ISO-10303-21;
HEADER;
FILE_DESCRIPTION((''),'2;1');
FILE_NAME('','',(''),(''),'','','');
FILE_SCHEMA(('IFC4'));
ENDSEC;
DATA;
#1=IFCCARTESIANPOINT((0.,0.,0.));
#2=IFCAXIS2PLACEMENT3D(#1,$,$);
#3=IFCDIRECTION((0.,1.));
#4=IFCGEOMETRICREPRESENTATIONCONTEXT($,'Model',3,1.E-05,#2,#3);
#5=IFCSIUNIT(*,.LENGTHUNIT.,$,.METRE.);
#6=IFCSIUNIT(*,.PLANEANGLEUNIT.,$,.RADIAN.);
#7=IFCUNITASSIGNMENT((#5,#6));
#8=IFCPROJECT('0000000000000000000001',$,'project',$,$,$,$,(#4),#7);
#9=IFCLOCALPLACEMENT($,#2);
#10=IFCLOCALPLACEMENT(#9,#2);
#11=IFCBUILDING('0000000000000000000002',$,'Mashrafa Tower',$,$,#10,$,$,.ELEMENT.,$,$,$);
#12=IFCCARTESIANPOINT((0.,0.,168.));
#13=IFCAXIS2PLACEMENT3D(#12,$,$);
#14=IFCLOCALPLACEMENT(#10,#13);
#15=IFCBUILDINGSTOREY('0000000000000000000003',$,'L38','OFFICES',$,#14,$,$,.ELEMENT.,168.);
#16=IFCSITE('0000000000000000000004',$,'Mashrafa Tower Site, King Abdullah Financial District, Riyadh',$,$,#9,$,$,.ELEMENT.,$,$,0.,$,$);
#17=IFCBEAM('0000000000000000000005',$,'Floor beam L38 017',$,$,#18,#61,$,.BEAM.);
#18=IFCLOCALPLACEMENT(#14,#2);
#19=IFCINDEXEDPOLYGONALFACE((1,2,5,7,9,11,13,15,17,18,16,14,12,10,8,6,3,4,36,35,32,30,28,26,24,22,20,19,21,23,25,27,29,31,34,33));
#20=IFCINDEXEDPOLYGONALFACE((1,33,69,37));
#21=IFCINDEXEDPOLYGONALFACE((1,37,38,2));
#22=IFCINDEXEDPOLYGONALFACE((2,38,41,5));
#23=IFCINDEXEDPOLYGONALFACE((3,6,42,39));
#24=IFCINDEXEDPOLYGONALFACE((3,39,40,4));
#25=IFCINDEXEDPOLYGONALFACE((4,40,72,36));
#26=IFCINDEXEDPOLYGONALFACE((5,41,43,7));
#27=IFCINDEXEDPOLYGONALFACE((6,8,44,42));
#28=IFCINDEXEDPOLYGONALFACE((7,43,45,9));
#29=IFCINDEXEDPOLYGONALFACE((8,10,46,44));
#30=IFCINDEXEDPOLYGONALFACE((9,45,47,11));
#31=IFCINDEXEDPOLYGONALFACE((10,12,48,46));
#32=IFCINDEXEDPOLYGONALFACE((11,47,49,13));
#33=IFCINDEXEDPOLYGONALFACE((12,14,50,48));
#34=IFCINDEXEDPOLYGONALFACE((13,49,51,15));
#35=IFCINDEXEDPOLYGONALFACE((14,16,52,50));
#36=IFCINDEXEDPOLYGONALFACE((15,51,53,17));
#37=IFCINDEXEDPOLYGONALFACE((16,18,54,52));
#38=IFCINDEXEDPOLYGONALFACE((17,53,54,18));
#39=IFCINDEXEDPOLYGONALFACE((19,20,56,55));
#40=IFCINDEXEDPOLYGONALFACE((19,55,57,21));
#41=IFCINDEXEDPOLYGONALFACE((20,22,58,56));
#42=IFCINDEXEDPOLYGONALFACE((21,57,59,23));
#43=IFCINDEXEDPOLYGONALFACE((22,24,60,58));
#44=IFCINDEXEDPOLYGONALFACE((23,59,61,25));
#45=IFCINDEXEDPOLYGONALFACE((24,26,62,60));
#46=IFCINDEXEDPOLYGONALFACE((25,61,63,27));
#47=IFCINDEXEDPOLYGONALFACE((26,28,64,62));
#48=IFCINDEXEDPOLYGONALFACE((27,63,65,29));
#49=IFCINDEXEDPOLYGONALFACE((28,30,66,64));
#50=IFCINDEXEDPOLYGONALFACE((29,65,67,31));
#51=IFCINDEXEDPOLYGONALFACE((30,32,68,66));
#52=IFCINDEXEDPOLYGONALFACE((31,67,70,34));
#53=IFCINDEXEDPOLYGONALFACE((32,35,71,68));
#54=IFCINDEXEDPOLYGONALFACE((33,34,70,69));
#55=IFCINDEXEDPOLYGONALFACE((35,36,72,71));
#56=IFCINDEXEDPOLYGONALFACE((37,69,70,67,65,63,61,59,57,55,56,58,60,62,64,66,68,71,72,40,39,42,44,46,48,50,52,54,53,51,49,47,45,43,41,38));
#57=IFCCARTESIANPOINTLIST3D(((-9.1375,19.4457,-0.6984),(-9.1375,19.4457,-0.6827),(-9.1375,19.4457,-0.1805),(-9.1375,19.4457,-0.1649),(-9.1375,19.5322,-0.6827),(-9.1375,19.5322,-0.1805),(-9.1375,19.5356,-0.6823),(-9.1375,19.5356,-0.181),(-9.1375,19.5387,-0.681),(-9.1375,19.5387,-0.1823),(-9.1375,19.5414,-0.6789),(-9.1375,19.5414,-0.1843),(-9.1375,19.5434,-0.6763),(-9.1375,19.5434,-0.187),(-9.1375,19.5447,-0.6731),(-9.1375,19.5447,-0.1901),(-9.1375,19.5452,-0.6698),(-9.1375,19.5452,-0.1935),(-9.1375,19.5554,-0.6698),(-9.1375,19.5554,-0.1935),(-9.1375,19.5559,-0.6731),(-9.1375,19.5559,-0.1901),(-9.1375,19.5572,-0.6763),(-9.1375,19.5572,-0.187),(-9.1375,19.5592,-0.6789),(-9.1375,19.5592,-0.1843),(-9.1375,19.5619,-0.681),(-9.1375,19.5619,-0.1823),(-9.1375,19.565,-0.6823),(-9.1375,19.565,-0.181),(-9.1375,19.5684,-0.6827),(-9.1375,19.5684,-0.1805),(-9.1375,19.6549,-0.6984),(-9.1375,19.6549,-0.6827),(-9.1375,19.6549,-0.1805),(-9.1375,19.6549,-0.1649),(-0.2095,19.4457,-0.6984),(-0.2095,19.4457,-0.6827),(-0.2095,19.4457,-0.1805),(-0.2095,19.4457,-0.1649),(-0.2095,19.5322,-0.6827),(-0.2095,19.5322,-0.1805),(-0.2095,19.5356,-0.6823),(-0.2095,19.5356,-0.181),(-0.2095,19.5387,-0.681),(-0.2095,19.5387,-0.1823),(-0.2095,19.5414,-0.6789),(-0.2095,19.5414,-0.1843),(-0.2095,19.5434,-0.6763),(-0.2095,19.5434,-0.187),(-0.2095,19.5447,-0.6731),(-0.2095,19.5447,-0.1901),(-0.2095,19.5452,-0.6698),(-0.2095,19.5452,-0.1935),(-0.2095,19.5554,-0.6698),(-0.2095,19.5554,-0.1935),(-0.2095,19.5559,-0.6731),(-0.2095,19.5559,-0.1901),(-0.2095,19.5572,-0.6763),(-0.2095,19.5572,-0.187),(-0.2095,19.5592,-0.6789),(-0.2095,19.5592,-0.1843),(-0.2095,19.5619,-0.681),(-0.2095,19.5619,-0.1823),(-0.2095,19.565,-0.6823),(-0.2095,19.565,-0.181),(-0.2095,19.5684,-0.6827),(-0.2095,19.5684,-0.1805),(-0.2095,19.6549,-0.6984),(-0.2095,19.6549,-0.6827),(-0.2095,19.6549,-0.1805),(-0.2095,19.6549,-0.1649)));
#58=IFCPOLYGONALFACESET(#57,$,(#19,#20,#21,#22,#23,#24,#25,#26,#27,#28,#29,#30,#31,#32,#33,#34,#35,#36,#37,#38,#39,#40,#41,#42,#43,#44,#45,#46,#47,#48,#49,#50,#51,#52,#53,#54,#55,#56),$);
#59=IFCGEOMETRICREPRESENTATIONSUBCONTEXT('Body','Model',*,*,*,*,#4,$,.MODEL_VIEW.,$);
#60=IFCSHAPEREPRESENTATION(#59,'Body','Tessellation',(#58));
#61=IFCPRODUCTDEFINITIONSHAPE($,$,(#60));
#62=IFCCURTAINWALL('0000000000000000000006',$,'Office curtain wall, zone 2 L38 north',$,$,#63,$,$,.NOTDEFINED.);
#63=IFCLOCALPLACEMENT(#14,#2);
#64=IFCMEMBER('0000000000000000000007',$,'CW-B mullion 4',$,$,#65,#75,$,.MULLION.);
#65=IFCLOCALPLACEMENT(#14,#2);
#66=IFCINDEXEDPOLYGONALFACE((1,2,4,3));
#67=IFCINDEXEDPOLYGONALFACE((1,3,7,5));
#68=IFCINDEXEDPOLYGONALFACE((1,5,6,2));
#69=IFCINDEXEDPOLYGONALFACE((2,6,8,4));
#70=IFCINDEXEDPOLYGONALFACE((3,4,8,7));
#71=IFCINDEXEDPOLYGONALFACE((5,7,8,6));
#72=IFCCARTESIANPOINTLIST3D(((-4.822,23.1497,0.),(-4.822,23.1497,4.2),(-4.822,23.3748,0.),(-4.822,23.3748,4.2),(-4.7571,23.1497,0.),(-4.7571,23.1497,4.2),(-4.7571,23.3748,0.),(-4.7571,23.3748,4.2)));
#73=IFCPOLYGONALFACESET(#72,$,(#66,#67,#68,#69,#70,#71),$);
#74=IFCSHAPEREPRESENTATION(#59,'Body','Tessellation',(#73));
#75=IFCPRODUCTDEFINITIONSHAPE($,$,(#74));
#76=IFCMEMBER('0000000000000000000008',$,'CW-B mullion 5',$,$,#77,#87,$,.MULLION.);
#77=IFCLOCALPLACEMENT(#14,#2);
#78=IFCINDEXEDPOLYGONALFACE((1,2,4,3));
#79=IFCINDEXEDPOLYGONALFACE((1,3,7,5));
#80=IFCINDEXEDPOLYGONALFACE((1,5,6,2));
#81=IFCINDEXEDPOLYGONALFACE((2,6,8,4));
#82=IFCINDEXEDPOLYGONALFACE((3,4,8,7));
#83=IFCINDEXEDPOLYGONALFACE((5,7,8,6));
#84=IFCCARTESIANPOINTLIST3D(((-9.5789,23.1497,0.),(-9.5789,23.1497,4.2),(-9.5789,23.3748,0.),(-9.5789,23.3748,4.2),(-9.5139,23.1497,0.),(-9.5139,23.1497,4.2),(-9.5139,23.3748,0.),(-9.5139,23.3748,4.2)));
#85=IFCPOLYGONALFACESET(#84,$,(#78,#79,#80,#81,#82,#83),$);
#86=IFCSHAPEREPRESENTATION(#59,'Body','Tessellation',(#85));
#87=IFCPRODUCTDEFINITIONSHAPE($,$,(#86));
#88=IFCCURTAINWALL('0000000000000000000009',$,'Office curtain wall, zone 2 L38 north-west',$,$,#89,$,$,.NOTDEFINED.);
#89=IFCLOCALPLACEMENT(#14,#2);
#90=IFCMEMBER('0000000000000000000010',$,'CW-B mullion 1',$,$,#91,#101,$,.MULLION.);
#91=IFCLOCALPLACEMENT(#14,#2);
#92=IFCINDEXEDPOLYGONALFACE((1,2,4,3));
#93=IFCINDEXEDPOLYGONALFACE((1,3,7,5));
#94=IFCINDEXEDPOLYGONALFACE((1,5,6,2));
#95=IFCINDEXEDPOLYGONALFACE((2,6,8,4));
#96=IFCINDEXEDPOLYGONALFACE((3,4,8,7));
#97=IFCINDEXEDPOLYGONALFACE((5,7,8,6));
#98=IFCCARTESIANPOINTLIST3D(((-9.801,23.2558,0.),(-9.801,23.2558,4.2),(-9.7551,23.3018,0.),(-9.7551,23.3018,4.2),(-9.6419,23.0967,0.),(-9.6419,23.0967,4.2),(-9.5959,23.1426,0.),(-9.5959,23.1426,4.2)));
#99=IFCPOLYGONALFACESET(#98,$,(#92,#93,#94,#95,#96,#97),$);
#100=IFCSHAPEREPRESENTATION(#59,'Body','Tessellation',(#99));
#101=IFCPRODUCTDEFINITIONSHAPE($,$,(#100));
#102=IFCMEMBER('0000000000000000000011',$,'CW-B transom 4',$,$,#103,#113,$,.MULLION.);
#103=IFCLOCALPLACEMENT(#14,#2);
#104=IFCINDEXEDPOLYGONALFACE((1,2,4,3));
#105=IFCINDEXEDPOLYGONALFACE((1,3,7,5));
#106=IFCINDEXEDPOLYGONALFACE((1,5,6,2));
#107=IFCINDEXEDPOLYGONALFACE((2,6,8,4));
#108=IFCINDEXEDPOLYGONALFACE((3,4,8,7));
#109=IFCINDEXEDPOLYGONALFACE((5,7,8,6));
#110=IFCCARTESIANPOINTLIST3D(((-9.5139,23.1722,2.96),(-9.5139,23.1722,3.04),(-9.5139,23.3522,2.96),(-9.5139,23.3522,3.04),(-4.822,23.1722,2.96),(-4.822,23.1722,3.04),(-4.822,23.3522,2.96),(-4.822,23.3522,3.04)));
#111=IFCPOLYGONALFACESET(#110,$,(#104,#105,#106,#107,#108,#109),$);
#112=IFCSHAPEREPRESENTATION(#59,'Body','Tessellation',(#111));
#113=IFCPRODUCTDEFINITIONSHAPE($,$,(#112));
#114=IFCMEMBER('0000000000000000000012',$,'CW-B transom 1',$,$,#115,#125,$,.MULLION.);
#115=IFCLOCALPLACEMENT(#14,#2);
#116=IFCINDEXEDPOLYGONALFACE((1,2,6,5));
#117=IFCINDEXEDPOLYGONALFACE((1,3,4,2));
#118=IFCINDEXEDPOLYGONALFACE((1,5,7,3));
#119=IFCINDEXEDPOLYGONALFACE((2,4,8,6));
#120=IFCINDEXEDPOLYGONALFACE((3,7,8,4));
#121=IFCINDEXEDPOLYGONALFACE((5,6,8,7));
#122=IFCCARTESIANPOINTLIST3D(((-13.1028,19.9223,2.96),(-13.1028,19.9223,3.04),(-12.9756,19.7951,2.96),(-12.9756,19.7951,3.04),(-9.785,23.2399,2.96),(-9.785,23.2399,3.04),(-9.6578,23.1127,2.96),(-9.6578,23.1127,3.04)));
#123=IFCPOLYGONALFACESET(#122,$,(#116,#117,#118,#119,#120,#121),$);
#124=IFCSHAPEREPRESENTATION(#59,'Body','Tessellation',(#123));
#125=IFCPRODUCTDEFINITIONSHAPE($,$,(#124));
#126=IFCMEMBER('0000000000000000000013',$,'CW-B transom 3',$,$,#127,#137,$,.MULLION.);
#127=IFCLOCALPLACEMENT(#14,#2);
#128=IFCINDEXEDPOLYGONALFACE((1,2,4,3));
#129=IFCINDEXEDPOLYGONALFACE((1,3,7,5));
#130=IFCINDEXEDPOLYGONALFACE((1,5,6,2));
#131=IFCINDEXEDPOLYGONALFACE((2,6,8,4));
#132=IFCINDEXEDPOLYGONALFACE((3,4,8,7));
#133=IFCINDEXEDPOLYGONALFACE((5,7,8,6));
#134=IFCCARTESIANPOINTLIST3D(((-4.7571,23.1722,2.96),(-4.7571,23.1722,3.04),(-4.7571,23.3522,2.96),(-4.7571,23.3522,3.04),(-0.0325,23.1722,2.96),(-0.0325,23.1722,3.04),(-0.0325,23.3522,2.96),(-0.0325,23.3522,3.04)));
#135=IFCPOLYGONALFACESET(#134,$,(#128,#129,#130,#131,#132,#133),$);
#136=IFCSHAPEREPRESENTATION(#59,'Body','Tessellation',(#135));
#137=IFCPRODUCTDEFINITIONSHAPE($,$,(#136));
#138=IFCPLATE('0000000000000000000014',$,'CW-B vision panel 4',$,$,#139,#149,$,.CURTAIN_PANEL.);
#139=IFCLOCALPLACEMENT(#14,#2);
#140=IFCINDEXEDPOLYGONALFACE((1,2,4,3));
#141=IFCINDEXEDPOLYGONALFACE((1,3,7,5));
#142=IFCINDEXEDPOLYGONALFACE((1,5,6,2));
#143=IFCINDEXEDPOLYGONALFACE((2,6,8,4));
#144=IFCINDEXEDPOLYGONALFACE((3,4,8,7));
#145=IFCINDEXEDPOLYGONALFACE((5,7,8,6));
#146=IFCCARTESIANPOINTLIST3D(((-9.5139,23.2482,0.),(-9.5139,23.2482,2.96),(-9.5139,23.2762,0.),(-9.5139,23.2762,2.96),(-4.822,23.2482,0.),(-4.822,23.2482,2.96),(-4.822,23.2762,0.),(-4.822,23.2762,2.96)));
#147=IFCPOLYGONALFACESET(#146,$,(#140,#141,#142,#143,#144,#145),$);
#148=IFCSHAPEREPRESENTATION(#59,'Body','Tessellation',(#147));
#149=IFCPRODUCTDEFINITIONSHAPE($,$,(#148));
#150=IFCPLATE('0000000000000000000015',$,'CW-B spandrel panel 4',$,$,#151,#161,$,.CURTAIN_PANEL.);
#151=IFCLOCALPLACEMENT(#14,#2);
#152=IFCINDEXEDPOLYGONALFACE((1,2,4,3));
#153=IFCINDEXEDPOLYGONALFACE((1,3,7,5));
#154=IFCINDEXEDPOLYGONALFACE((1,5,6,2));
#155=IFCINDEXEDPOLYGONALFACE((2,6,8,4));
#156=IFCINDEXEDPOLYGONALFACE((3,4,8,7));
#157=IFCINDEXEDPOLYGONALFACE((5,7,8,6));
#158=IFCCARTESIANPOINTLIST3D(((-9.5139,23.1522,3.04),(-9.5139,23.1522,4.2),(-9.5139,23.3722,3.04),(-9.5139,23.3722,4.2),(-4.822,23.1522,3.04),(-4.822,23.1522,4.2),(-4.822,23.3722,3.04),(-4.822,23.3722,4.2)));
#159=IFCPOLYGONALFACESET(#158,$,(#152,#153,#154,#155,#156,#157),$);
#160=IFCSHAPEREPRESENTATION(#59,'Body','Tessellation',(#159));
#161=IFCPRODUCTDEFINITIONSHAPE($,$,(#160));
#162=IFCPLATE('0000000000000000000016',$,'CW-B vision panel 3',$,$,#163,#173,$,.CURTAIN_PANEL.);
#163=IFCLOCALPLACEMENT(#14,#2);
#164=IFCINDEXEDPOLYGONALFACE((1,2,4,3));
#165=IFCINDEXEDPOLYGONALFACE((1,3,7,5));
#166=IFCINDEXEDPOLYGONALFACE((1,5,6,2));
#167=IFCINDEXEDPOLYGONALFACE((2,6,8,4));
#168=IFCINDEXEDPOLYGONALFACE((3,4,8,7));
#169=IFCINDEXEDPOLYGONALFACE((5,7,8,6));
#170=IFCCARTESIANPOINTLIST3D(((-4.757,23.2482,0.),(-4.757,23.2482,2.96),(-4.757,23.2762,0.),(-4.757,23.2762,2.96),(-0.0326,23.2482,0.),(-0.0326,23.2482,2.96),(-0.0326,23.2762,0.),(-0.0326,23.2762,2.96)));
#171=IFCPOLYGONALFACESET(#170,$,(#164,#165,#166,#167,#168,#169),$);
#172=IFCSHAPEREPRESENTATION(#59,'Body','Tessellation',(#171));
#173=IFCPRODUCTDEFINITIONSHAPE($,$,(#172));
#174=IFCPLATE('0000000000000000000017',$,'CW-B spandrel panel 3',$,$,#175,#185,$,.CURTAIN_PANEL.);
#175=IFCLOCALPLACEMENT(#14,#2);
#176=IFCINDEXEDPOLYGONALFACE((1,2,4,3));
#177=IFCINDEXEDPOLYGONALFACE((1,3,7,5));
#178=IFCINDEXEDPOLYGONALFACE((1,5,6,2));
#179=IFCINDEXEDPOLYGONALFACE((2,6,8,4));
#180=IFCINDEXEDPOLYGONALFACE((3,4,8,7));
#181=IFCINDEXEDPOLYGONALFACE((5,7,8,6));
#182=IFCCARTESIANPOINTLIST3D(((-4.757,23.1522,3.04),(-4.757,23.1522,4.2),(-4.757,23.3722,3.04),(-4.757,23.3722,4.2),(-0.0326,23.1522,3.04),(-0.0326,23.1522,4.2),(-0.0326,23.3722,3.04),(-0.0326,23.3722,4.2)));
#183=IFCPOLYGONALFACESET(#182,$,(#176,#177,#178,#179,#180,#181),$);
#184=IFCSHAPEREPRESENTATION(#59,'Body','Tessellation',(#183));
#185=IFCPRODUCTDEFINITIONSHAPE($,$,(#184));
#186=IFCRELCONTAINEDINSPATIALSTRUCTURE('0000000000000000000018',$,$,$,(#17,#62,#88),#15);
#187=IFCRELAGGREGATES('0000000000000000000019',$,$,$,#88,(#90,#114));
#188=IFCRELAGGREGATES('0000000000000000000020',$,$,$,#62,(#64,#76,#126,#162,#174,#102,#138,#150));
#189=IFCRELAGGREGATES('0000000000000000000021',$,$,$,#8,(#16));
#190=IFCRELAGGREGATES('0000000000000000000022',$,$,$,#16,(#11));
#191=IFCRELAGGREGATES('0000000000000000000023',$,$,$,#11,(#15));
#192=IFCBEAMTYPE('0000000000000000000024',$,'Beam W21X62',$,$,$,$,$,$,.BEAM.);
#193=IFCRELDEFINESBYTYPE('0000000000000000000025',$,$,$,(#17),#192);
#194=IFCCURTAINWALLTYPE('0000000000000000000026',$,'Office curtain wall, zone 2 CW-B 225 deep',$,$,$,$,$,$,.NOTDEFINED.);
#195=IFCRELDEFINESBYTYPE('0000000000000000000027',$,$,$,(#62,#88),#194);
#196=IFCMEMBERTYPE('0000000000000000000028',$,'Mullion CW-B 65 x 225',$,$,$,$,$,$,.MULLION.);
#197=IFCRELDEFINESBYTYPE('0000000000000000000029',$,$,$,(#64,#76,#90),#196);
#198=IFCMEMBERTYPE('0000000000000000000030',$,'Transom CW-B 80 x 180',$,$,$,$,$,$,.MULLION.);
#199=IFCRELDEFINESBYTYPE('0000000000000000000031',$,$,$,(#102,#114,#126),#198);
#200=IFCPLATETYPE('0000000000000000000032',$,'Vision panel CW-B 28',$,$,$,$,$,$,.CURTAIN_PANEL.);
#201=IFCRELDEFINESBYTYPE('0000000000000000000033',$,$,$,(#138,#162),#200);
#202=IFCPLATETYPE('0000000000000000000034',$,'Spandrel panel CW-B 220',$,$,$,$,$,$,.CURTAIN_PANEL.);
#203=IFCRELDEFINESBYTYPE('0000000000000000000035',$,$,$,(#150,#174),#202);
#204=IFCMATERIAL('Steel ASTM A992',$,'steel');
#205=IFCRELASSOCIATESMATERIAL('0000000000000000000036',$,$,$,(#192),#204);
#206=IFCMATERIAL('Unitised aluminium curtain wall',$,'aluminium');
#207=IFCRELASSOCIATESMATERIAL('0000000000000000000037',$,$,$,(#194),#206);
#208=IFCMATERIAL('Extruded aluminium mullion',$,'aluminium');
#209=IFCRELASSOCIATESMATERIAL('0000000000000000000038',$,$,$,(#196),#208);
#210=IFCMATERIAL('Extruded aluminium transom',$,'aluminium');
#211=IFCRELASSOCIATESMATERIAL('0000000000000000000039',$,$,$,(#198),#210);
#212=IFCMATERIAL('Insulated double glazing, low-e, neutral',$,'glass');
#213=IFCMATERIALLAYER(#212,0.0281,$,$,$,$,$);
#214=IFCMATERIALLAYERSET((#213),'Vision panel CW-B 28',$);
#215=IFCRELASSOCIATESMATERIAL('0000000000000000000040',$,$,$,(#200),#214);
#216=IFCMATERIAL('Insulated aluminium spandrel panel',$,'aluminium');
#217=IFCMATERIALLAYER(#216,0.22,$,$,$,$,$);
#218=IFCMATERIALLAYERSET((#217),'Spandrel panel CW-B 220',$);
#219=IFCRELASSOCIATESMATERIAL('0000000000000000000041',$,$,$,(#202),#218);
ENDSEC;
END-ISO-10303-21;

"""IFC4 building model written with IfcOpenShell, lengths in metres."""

from ifc_helpers import new_model, si_unit, direction, frame, origin, origin_2d, place, context, subcontext, project, spatial, rectangle, i_section, extrude, source, transform, mapped, material, layer, layer_set, material_profile, profile_set, type_object, type_shapes, element, aggregate, save


model = new_model("IFC4")

# Units and contexts
model_context = context("Model", 3, precision=1e-05, world=origin(), true_north=direction((0.0, 1.0)))
body_context = subcontext(model_context, "Body", "Model", "MODEL_VIEW")
ifc_project = project(units=[si_unit("LENGTHUNIT", "METRE"), si_unit("PLANEANGLEUNIT", "RADIAN")], contexts=[model_context])

# Site, building, storey
site_placement = place(None, origin())
site = spatial("IfcSite", under=ifc_project, at=site_placement, Name="Mashrafa Tower Site, King Abdullah Financial District, Riyadh", CompositionType="ELEMENT", RefElevation=0.0)
building_placement = place(site_placement, origin())
building = spatial("IfcBuilding", under=site, at=building_placement, Name="Mashrafa Tower", CompositionType="ELEMENT")
storey_placement = place(building_placement, frame((0.0, 0.0, 168.0)))
storey = spatial("IfcBuildingStorey", under=building, at=storey_placement, Name="L38", Description="OFFICES", CompositionType="ELEMENT", Elevation=168.0)

# Beam
ifc_material_1 = material(Name="Steel ASTM A992", Category="steel")
ifc_material_profile_1 = material_profile(ifc_material_1, i_section(OverallWidth=0.2092, OverallDepth=0.5334, WebThickness=0.0103, FlangeThickness=0.0156, FilletRadius=0.0129, at=origin_2d()), Name="W21X62")
ifc_profile_set_1 = profile_set([ifc_material_profile_1], Name="Steel ASTM A992")
beam_type_1 = type_object("IfcBeamType", Name="Beam W21X62", PredefinedType="BEAM", material=ifc_profile_set_1)
beam_1_placement = place(storey_placement, frame((-9.1375, 19.5503, -0.4316), z_axis=(1.0, 0.0, 0.0), x_axis=(0.0, 1.0, 0.0)))
element("IfcBeam", 1, at=beam_1_placement, inside=storey, type_object=beam_type_1, Name="Floor beam L38 017", PredefinedType="BEAM", context=body_context, shape_type="SweptSolid", body=[
    extrude(i_section(OverallWidth=0.2092, OverallDepth=0.5334, WebThickness=0.0103, FlangeThickness=0.0156, FilletRadius=0.0129, at=origin_2d()), origin(), (0.0, 0.0, 1.0), 8.928),
])

# Curtain wall, members
ifc_material_2 = material(Name="Unitised aluminium curtain wall", Category="aluminium")
curtain_wall_type = type_object("IfcCurtainWallType", Name="Office curtain wall, zone 2 CW-B 225 deep", PredefinedType="NOTDEFINED", material=ifc_material_2)
curtain_wall_1_placement = place(storey_placement, origin())
curtain_wall_1 = element("IfcCurtainWall", 2, at=curtain_wall_1_placement, inside=storey, type_object=curtain_wall_type, Name="Office curtain wall, zone 2 L38 north", PredefinedType="NOTDEFINED")
ifc_material_3 = material(Name="Extruded aluminium mullion", Category="aluminium")
ifc_material_profile_2 = material_profile(ifc_material_3, rectangle(XDim=0.2251, YDim=0.0649, at=origin_2d()), Name="Mullion 65x225")
ifc_profile_set_2 = profile_set([ifc_material_profile_2], Name="Extruded aluminium mullion")
member_type_1 = type_object("IfcMemberType", Name="Mullion CW-B 65 x 225", PredefinedType="MULLION", material=ifc_profile_set_2)
shared_shape_1 = source(origin(), body_context, "Body", "SweptSolid", [
    extrude(rectangle(XDim=0.2251, YDim=0.0649, at=origin_2d()), origin(), (0.0, 0.0, 1.0), 4.2),
])
type_shapes(member_type_1, [shared_shape_1])
member_1_placement = place(storey_placement, frame((-4.7896, 23.2622, 0.0), z_axis=(0.0, 0.0, 1.0), x_axis=(0.0, -1.0, 0.0)))
member_1 = element("IfcMember", 3, at=member_1_placement, type_object=member_type_1, Name="CW-B mullion 4", PredefinedType="MULLION", context=body_context, shape_type="MappedRepresentation", body=[
    mapped(shared_shape_1, transform((0.0, 0.0, 0.0))),
])
member_2_placement = place(storey_placement, frame((-9.5464, 23.2622, 0.0), z_axis=(0.0, 0.0, 1.0), x_axis=(0.0, -1.0, 0.0)))
member_2 = element("IfcMember", 4, at=member_2_placement, type_object=member_type_1, Name="CW-B mullion 5", PredefinedType="MULLION", context=body_context, shape_type="MappedRepresentation", body=[
    mapped(shared_shape_1, transform((0.0, 0.0, 0.0))),
])

# Curtain wall, member
curtain_wall_2_placement = place(storey_placement, origin())
curtain_wall_2 = element("IfcCurtainWall", 5, at=curtain_wall_2_placement, inside=storey, type_object=curtain_wall_type, Name="Office curtain wall, zone 2 L38 north-west", PredefinedType="NOTDEFINED")
member_3_placement = place(storey_placement, frame((-9.6985, 23.1992, 0.0), z_axis=(0.0, 0.0, 1.0), x_axis=(0.707107, -0.707107, 0.0)))
member_3 = element("IfcMember", 6, at=member_3_placement, type_object=member_type_1, Name="CW-B mullion 1", PredefinedType="MULLION", context=body_context, shape_type="MappedRepresentation", body=[
    mapped(shared_shape_1, transform((0.0, 0.0, 0.0))),
])

# Members
ifc_material_4 = material(Name="Extruded aluminium transom", Category="aluminium")
ifc_material_profile_3 = material_profile(ifc_material_4, rectangle(XDim=0.1799, YDim=0.0801, at=origin_2d()), Name="Transom 80x180")
ifc_profile_set_3 = profile_set([ifc_material_profile_3], Name="Extruded aluminium transom")
member_type_2 = type_object("IfcMemberType", Name="Transom CW-B 80 x 180", PredefinedType="MULLION", material=ifc_profile_set_3)
shared_shape_2 = source(origin(), body_context, "Body", "SweptSolid", [
    extrude(rectangle(XDim=0.1799, YDim=0.0801, at=origin_2d()), origin(), (0.0, 0.0, 1.0), 4.6919),
])
member_4_placement = place(storey_placement, frame((-4.822, 23.2622, 3.0), z_axis=(-1.0, 0.0, 0.0), x_axis=(0.0, -1.0, 0.0)))
member_4 = element("IfcMember", 7, at=member_4_placement, type_object=member_type_2, Name="CW-B transom 4", PredefinedType="MULLION", context=body_context, shape_type="MappedRepresentation", body=[
    mapped(shared_shape_2, transform((0.0, 0.0, 0.0))),
])
member_5_placement = place(storey_placement, frame((-9.7214, 23.1763, 3.0), z_axis=(-0.707133, -0.707081, 0.0), x_axis=(0.707081, -0.707133, 0.0)))
member_5 = element("IfcMember", 8, at=member_5_placement, type_object=member_type_2, Name="CW-B transom 1", PredefinedType="MULLION", context=body_context, shape_type="MappedRepresentation", body=[
    mapped(shared_shape_2, transform((0.0, 0.0, 0.0))),
])
aggregate(curtain_wall_2, [member_3, member_5])
shared_shape_3 = source(origin(), body_context, "Body", "SweptSolid", [
    extrude(rectangle(XDim=0.1799, YDim=0.0801, at=origin_2d()), origin(), (0.0, 0.0, 1.0), 4.7246),
])
type_shapes(member_type_2, [shared_shape_2, shared_shape_3])
member_6_placement = place(storey_placement, frame((-0.0325, 23.2622, 3.0), z_axis=(-1.0, 0.0, 0.0), x_axis=(0.0, -1.0, 0.0)))
member_6 = element("IfcMember", 9, at=member_6_placement, type_object=member_type_2, Name="CW-B transom 3", PredefinedType="MULLION", context=body_context, shape_type="MappedRepresentation", body=[
    mapped(shared_shape_3, transform((0.0, 0.0, 0.0))),
])

# Plates
ifc_material_5 = material(Name="Insulated double glazing, low-e, neutral", Category="glass")
ifc_layer_1 = layer(ifc_material_5, 0.0281)
ifc_layer_set_1 = layer_set([ifc_layer_1], Name="Vision panel CW-B 28")
plate_type_1 = type_object("IfcPlateType", Name="Vision panel CW-B 28", PredefinedType="CURTAIN_PANEL", material=ifc_layer_set_1)
shared_shape_4 = source(origin(), body_context, "Body", "SweptSolid", [
    extrude(rectangle(XDim=4.6919, YDim=0.0281, at=origin_2d()), origin(), (0.0, 0.0, 1.0), 2.96),
])
plate_1_placement = place(storey_placement, frame((-7.168, 23.2622, 0.0), z_axis=(0.0, 0.0, 1.0), x_axis=(-1.0, 0.0, 0.0)))
plate_1 = element("IfcPlate", 10, at=plate_1_placement, type_object=plate_type_1, Name="CW-B vision panel 4", PredefinedType="CURTAIN_PANEL", context=body_context, shape_type="MappedRepresentation", body=[
    mapped(shared_shape_4, transform((0.0, 0.0, 0.0))),
])
ifc_material_6 = material(Name="Insulated aluminium spandrel panel", Category="aluminium")
ifc_layer_2 = layer(ifc_material_6, 0.22)
ifc_layer_set_2 = layer_set([ifc_layer_2], Name="Spandrel panel CW-B 220")
plate_type_2 = type_object("IfcPlateType", Name="Spandrel panel CW-B 220", PredefinedType="CURTAIN_PANEL", material=ifc_layer_set_2)
shared_shape_5 = source(origin(), body_context, "Body", "SweptSolid", [
    extrude(rectangle(XDim=4.6919, YDim=0.22, at=origin_2d()), origin(), (0.0, 0.0, 1.0), 1.1599),
])
plate_2_placement = place(storey_placement, frame((-7.168, 23.2622, 3.04), z_axis=(0.0, 0.0, 1.0), x_axis=(-1.0, 0.0, 0.0)))
plate_2 = element("IfcPlate", 11, at=plate_2_placement, type_object=plate_type_2, Name="CW-B spandrel panel 4", PredefinedType="CURTAIN_PANEL", context=body_context, shape_type="MappedRepresentation", body=[
    mapped(shared_shape_5, transform((0.0, 0.0, 0.0))),
])
shared_shape_6 = source(origin(), body_context, "Body", "SweptSolid", [
    extrude(rectangle(XDim=4.7244, YDim=0.0281, at=origin_2d()), origin(), (0.0, 0.0, 1.0), 2.96),
])
type_shapes(plate_type_1, [shared_shape_4, shared_shape_6])
plate_3_placement = place(storey_placement, frame((-2.3948, 23.2622, 0.0), z_axis=(0.0, 0.0, 1.0), x_axis=(-1.0, 0.0, 0.0)))
plate_3 = element("IfcPlate", 12, at=plate_3_placement, type_object=plate_type_1, Name="CW-B vision panel 3", PredefinedType="CURTAIN_PANEL", context=body_context, shape_type="MappedRepresentation", body=[
    mapped(shared_shape_6, transform((0.0, 0.0, 0.0))),
])
shared_shape_7 = source(origin(), body_context, "Body", "SweptSolid", [
    extrude(rectangle(XDim=4.7244, YDim=0.22, at=origin_2d()), origin(), (0.0, 0.0, 1.0), 1.1599),
])
type_shapes(plate_type_2, [shared_shape_5, shared_shape_7])
plate_4_placement = place(storey_placement, frame((-2.3948, 23.2622, 3.04), z_axis=(0.0, 0.0, 1.0), x_axis=(-1.0, 0.0, 0.0)))
plate_4 = element("IfcPlate", 13, at=plate_4_placement, type_object=plate_type_2, Name="CW-B spandrel panel 3", PredefinedType="CURTAIN_PANEL", context=body_context, shape_type="MappedRepresentation", body=[
    mapped(shared_shape_7, transform((0.0, 0.0, 0.0))),
])
aggregate(curtain_wall_1, [member_1, member_2, member_6, plate_3, plate_4, member_4, plate_1, plate_2])

save(model, "model.ifc")
